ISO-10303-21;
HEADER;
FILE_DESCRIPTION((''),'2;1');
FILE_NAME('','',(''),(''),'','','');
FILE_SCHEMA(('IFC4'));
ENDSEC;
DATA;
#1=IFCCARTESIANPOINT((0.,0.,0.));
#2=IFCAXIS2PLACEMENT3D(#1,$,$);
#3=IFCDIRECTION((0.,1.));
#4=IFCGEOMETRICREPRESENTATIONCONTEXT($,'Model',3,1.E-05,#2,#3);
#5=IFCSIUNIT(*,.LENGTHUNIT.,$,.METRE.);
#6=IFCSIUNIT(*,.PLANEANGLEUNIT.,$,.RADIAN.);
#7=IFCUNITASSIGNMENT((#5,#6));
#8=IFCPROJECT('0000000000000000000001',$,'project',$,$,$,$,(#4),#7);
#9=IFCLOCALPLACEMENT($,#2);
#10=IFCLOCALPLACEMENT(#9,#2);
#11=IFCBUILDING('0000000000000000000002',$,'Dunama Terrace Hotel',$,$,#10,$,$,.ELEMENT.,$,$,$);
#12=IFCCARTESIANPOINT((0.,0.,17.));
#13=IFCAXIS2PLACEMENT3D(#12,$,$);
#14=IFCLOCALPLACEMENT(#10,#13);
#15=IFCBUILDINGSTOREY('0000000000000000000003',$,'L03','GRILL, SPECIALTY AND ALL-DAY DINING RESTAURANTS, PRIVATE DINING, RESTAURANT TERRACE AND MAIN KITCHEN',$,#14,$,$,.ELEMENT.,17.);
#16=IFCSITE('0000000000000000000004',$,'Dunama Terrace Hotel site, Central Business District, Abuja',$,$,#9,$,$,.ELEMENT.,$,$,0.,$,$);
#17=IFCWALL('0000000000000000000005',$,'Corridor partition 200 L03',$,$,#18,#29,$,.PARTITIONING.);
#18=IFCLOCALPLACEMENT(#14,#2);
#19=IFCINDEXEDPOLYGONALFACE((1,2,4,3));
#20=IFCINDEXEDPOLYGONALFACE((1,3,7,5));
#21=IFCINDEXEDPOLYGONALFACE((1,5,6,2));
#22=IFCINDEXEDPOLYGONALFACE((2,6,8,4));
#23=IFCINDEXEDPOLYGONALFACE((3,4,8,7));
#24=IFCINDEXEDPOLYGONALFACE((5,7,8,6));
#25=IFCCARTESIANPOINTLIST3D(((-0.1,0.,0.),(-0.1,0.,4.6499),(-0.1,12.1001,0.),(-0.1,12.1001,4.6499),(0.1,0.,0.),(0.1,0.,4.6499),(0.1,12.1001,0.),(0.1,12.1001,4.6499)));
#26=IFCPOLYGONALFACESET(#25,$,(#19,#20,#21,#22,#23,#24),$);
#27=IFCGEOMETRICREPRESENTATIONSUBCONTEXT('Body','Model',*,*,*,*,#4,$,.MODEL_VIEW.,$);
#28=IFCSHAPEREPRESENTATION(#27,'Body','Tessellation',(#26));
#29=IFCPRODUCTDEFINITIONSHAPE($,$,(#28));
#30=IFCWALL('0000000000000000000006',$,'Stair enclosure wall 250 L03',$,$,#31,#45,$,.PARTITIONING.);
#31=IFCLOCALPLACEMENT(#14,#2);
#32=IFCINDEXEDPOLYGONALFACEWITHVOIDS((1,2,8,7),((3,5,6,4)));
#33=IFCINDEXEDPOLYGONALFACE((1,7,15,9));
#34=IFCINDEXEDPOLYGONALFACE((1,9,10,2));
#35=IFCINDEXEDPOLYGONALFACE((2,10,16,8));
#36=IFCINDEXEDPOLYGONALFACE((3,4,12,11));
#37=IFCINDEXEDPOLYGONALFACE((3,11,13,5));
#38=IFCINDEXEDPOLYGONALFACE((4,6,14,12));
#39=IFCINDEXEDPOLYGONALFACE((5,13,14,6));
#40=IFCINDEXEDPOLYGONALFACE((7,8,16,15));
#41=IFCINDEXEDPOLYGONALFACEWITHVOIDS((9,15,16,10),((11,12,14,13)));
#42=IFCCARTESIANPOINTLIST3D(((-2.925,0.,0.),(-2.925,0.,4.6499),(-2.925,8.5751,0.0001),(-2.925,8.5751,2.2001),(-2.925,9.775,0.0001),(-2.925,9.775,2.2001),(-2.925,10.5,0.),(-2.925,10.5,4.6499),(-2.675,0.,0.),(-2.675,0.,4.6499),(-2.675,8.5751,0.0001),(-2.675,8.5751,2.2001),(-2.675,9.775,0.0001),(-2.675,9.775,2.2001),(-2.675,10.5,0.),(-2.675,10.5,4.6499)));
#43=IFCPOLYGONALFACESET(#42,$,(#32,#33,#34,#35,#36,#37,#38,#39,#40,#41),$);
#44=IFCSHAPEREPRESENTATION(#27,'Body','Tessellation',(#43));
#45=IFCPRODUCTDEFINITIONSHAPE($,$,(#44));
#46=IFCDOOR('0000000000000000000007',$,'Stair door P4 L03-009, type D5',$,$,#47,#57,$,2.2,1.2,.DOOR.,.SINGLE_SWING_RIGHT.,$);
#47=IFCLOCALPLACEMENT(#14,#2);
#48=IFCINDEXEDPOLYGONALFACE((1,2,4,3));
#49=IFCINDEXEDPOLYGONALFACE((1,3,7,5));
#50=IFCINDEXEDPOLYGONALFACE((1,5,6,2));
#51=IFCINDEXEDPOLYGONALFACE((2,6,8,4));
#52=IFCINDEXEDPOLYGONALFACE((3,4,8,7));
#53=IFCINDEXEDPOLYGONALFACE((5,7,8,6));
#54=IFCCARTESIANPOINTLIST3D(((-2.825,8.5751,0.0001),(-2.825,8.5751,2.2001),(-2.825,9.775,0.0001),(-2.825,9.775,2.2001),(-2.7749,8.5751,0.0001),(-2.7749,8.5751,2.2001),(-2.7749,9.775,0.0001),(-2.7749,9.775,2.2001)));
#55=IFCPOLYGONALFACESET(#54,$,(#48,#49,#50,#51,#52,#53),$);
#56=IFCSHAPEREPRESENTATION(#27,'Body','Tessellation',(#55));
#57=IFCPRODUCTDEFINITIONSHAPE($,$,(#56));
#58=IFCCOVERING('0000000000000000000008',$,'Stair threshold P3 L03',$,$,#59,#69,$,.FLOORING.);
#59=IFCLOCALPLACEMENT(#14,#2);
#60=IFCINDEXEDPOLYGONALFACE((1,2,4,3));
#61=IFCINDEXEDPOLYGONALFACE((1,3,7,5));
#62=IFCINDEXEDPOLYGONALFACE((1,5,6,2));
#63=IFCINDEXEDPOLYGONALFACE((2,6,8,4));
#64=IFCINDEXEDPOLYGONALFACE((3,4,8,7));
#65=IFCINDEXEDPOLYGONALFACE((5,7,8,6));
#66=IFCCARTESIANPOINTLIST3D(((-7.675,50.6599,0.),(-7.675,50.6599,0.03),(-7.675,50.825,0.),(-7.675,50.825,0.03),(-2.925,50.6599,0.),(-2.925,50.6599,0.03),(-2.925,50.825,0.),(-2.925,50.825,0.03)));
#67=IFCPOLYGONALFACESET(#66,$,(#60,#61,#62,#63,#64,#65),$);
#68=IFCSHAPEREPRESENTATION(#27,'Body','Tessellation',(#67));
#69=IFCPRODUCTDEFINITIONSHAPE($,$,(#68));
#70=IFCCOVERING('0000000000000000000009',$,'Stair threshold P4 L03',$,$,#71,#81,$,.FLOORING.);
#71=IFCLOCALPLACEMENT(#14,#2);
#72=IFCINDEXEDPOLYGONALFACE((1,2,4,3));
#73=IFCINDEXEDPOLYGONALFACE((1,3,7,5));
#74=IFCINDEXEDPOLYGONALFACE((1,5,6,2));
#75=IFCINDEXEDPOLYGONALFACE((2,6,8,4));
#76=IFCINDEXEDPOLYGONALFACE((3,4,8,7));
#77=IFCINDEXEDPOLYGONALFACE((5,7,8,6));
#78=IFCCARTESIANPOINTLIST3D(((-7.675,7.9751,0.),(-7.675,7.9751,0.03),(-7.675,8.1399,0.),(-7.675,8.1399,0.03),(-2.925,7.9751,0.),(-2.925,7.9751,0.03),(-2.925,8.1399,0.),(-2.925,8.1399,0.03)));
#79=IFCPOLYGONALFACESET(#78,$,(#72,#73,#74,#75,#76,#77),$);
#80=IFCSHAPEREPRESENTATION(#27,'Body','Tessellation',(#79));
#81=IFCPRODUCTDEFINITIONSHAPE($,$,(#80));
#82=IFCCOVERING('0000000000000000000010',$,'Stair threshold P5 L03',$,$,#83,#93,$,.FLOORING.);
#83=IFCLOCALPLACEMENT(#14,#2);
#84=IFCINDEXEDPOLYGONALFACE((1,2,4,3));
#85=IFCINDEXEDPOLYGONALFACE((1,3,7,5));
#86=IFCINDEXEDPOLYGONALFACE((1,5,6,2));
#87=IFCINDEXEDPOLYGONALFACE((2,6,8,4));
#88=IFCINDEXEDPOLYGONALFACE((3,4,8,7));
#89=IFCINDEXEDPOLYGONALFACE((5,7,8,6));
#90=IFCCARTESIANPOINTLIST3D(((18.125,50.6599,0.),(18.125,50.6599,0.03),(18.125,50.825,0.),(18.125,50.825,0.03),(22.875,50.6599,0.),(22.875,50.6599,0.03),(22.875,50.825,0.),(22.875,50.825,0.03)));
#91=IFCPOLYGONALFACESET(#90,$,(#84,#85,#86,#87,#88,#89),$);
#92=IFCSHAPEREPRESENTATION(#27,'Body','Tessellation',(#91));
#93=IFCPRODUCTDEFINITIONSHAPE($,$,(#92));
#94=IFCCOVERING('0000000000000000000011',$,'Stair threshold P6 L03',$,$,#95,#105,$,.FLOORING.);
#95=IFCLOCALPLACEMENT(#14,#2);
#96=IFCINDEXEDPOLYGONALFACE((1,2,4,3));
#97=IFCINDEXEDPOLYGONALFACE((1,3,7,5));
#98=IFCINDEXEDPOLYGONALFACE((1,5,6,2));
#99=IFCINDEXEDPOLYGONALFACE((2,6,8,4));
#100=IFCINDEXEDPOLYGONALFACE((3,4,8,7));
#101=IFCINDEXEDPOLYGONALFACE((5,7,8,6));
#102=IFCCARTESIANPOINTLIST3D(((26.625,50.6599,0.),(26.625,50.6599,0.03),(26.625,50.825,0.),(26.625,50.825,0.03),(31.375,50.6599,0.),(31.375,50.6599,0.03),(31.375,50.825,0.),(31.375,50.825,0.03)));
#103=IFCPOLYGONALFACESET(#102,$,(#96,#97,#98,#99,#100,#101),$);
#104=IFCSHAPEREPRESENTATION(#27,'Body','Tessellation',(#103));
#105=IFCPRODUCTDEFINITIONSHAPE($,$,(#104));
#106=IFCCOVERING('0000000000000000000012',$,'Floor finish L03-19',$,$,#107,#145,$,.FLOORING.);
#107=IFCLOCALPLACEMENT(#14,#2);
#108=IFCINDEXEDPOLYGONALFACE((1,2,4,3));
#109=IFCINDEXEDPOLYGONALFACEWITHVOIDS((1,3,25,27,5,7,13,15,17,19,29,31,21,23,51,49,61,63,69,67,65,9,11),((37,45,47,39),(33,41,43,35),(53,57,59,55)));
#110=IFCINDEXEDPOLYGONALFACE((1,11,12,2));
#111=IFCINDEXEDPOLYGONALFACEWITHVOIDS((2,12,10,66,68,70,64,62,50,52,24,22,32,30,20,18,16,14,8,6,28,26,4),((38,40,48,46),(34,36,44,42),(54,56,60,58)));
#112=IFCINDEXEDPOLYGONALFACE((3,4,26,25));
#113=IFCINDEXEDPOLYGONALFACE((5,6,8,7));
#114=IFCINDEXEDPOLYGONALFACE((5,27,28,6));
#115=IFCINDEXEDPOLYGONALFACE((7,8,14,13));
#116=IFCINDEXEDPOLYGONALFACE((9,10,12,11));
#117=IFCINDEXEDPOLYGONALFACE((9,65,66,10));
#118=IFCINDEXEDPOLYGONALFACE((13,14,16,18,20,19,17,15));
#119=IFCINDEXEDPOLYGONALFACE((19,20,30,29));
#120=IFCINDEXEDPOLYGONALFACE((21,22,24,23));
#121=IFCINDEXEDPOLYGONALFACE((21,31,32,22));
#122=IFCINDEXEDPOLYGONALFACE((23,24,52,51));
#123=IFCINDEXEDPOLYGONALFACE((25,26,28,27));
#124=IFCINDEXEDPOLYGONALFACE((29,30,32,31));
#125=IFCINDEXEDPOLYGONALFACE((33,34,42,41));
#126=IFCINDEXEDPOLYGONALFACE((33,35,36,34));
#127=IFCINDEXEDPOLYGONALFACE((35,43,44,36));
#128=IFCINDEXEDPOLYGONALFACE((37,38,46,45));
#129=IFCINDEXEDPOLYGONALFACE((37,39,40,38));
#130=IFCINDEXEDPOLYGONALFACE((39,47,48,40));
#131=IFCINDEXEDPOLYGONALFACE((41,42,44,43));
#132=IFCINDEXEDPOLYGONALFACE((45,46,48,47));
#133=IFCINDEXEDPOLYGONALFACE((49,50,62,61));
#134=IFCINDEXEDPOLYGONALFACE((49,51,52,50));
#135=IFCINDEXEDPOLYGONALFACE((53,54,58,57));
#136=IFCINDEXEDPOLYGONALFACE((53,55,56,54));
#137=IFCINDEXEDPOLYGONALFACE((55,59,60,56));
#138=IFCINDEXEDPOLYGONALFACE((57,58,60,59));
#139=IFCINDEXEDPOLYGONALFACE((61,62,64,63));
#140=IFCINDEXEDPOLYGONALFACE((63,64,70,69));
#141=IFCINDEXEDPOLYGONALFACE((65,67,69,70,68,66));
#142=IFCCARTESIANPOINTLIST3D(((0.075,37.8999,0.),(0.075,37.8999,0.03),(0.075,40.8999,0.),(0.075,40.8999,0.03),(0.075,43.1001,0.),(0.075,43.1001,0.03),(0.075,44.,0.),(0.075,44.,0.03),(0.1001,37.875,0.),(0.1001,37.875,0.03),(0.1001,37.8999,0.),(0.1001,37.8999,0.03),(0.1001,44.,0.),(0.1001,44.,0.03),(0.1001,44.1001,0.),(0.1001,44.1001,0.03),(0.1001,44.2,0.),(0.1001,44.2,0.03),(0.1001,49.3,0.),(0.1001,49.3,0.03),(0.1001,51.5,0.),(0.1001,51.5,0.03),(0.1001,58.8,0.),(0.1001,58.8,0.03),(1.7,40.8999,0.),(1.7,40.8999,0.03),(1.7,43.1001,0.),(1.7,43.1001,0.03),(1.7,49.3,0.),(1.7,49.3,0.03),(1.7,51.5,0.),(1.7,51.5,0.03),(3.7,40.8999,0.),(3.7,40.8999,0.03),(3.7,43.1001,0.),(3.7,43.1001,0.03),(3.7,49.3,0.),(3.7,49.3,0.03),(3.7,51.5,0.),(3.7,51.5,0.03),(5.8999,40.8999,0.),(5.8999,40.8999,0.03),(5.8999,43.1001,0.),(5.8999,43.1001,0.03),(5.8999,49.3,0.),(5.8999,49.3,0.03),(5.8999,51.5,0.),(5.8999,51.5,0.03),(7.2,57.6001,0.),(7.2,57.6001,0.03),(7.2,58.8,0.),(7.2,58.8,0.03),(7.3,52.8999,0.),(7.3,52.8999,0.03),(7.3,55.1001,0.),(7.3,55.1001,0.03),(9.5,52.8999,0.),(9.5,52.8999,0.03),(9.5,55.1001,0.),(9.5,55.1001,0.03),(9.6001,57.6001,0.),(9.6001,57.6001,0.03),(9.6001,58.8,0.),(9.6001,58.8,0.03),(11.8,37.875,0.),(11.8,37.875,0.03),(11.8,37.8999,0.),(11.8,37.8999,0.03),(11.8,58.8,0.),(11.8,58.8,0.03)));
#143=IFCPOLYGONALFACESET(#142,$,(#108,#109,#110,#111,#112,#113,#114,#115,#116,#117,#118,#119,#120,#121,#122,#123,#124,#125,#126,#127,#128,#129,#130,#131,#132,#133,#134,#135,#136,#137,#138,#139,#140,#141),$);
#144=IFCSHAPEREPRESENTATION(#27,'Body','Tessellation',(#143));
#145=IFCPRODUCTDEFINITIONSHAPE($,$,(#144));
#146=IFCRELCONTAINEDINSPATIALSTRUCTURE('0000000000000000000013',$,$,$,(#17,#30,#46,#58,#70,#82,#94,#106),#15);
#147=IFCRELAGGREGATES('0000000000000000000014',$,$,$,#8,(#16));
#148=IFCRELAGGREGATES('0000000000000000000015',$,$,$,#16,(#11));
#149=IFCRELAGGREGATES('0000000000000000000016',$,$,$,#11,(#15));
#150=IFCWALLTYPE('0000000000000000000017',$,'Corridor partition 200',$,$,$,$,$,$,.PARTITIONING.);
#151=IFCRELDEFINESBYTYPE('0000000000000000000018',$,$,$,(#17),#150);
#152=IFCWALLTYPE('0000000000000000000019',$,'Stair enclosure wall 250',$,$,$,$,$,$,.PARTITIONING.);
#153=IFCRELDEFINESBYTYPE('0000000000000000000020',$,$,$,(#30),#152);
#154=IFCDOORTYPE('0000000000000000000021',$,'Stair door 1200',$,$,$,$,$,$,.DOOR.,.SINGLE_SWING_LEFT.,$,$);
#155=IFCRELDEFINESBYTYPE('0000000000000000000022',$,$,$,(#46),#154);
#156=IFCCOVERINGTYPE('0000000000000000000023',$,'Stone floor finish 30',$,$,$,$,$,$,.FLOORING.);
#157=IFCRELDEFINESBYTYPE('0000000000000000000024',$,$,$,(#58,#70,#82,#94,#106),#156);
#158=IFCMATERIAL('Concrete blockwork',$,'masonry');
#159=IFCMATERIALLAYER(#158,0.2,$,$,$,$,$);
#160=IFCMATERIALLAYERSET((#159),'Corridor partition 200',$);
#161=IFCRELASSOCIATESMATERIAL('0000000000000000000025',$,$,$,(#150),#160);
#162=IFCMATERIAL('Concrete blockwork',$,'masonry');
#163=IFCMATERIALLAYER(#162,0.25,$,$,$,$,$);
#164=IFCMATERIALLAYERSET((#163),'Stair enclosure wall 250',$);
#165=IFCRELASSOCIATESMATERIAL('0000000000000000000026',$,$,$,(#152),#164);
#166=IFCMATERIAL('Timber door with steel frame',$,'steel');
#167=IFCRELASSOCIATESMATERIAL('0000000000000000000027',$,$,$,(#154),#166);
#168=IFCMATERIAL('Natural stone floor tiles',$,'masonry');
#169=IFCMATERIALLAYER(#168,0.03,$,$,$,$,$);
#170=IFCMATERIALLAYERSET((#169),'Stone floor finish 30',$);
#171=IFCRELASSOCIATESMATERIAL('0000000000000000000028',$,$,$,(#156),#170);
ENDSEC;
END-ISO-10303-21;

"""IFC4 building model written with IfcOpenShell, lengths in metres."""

from ifc_helpers import new_model, si_unit, direction, frame, frame_2d, origin, place, context, subcontext, project, spatial, polyline, rectangle, outline, extrude, material, layer, layer_set, type_object, element, fill, save


model = new_model("IFC4")

# Units and contexts
model_context = context("Model", 3, precision=1e-05, world=origin(), true_north=direction((0.0, 1.0)))
body_context = subcontext(model_context, "Body", "Model", "MODEL_VIEW")
ifc_project = project(units=[si_unit("LENGTHUNIT", "METRE"), si_unit("PLANEANGLEUNIT", "RADIAN")], contexts=[model_context])

# Site, building, storey
site_placement = place(None, origin())
site = spatial("IfcSite", under=ifc_project, at=site_placement, Name="Dunama Terrace Hotel site, Central Business District, Abuja", CompositionType="ELEMENT", RefElevation=0.0)
building_placement = place(site_placement, origin())
building = spatial("IfcBuilding", under=site, at=building_placement, Name="Dunama Terrace Hotel", CompositionType="ELEMENT")
storey_placement = place(building_placement, frame((0.0, 0.0, 17.0)))
storey = spatial("IfcBuildingStorey", under=building, at=storey_placement, Name="L03", Description="GRILL, SPECIALTY AND ALL-DAY DINING RESTAURANTS, PRIVATE DINING, RESTAURANT TERRACE AND MAIN KITCHEN", CompositionType="ELEMENT", Elevation=17.0)

# Wall
ifc_material_1 = material(Name="Concrete blockwork", Category="masonry")
ifc_layer_1 = layer(ifc_material_1, 0.2)
ifc_layer_set_1 = layer_set([ifc_layer_1], Name="Corridor partition 200")
wall_type_1 = type_object("IfcWallType", Name="Corridor partition 200", PredefinedType="PARTITIONING", material=ifc_layer_set_1)
wall_1_placement = place(storey_placement, frame((0.0, 0.0, 0.0), z_axis=(0.0, 0.0, 1.0), x_axis=(0.0, 1.0, 0.0)))
element("IfcWall", 1, at=wall_1_placement, inside=storey, type_object=wall_type_1, Name="Corridor partition 200 L03", PredefinedType="PARTITIONING", context=body_context, shape_type="SweptSolid", body=[
    extrude(rectangle(XDim=12.1001, YDim=0.2, at=frame_2d((6.05, 0.0))), origin(), (0.0, 0.0, 1.0), 4.6499),
])

# Wall, opening, door
ifc_material_2 = material(Name="Concrete blockwork", Category="masonry")
ifc_layer_2 = layer(ifc_material_2, 0.25)
ifc_layer_set_2 = layer_set([ifc_layer_2], Name="Stair enclosure wall 250")
wall_type_2 = type_object("IfcWallType", Name="Stair enclosure wall 250", PredefinedType="PARTITIONING", material=ifc_layer_set_2)
wall_2_placement = place(storey_placement, frame((-2.8, 0.0, 0.0), z_axis=(0.0, 0.0, 1.0), x_axis=(0.0, 1.0, 0.0)))
wall_2 = element("IfcWall", 2, at=wall_2_placement, inside=storey, type_object=wall_type_2, Name="Stair enclosure wall 250 L03", PredefinedType="PARTITIONING", context=body_context, shape_type="SweptSolid", body=[
    extrude(rectangle(XDim=10.5, YDim=0.25, at=frame_2d((5.25, 0.0))), origin(), (0.0, 0.0, 1.0), 4.6499),
])
opening_placement = place(wall_2_placement, frame((8.575, 0.0, 0.0)))
opening = element("IfcOpeningElement", 3, at=opening_placement, cuts=wall_2, PredefinedType="OPENING", context=body_context, shape_type="SweptSolid", body=[
    extrude(rectangle(XDim=1.2, YDim=2.2, at=frame_2d((0.6001, 1.1001))), frame((0.0, 0.135, 0.0), z_axis=(0.0, -1.0, 0.0), x_axis=(1.0, 0.0, 0.0)), (0.0, 0.0, 1.0), 0.27),
])
ifc_material_3 = material(Name="Timber door with steel frame", Category="steel")
door_type = type_object("IfcDoorType", Name="Stair door 1200", OperationType="SINGLE_SWING_LEFT", PredefinedType="DOOR", material=ifc_material_3)
door_placement = place(opening_placement, origin())
door = element("IfcDoor", 4, at=door_placement, inside=storey, type_object=door_type, Name="Stair door P4 L03-009, type D5", OperationType="SINGLE_SWING_RIGHT", OverallHeight=2.2, OverallWidth=1.2, PredefinedType="DOOR", context=body_context, shape_type="SweptSolid", body=[
    extrude(rectangle(XDim=1.2, YDim=2.2, at=frame_2d((0.6001, 1.1001))), frame((0.0, 0.0249, 0.0), z_axis=(0.0, -1.0, 0.0), x_axis=(1.0, 0.0, 0.0)), (0.0, 0.0, 1.0), 0.05),
])
fill(opening, door)

# Coverings
ifc_material_4 = material(Name="Natural stone floor tiles", Category="masonry")
ifc_layer_3 = layer(ifc_material_4, 0.03)
ifc_layer_set_3 = layer_set([ifc_layer_3], Name="Stone floor finish 30")
covering_type_1 = type_object("IfcCoveringType", Name="Stone floor finish 30", PredefinedType="FLOORING", material=ifc_layer_set_3)
covering_1_placement = place(storey_placement, origin())
element("IfcCovering", 5, at=covering_1_placement, inside=storey, type_object=covering_type_1, Name="Stair threshold P3 L03", PredefinedType="FLOORING", context=body_context, shape_type="SweptSolid", body=[
    extrude(outline(polyline([(-2.925, 50.6599), (-2.925, 50.825), (-7.675, 50.825), (-7.675, 50.6599), (-2.925, 50.6599)])), origin(), (0.0, 0.0, 1.0), 0.03),
])
covering_2_placement = place(storey_placement, origin())
element("IfcCovering", 6, at=covering_2_placement, inside=storey, type_object=covering_type_1, Name="Stair threshold P4 L03", PredefinedType="FLOORING", context=body_context, shape_type="SweptSolid", body=[
    extrude(outline(polyline([(-2.925, 7.9751), (-2.925, 8.1399), (-7.675, 8.1399), (-7.675, 7.9751), (-2.925, 7.9751)])), origin(), (0.0, 0.0, 1.0), 0.03),
])
covering_3_placement = place(storey_placement, origin())
element("IfcCovering", 7, at=covering_3_placement, inside=storey, type_object=covering_type_1, Name="Stair threshold P5 L03", PredefinedType="FLOORING", context=body_context, shape_type="SweptSolid", body=[
    extrude(outline(polyline([(22.875, 50.6599), (22.875, 50.825), (18.125, 50.825), (18.125, 50.6599), (22.875, 50.6599)])), origin(), (0.0, 0.0, 1.0), 0.03),
])
covering_4_placement = place(storey_placement, origin())
element("IfcCovering", 8, at=covering_4_placement, inside=storey, type_object=covering_type_1, Name="Stair threshold P6 L03", PredefinedType="FLOORING", context=body_context, shape_type="SweptSolid", body=[
    extrude(outline(polyline([(31.375, 50.6599), (31.375, 50.825), (26.625, 50.825), (26.625, 50.6599), (31.375, 50.6599)])), origin(), (0.0, 0.0, 1.0), 0.03),
])
covering_5_placement = place(storey_placement, origin())
element("IfcCovering", 9, at=covering_5_placement, inside=storey, type_object=covering_type_1, Name="Floor finish L03-19", PredefinedType="FLOORING", context=body_context, shape_type="SweptSolid", body=[
    extrude(outline(polyline([(7.2, 58.8), (0.1001, 58.8), (0.1001, 51.5), (1.7, 51.5), (1.7, 49.3), (0.1001, 49.3), (0.1001, 44.2), (0.1001, 44.1001), (0.1001, 44.0), (0.075, 44.0), (0.075, 43.1001), (1.7, 43.1001), (1.7, 40.8999), (0.075, 40.8999), (0.075, 37.8999), (0.1001, 37.8999), (0.1001, 37.875), (11.8, 37.875), (11.8, 37.8999), (11.8, 58.8), (9.6001, 58.8), (9.6001, 57.6001), (7.2, 57.6001), (7.2, 58.8)]), holes=[polyline([(5.8999, 43.1001), (5.8999, 40.8999), (3.7, 40.8999), (3.7, 43.1001), (5.8999, 43.1001)]), polyline([(3.7, 51.5), (5.8999, 51.5), (5.8999, 49.3), (3.7, 49.3), (3.7, 51.5)]), polyline([(7.3, 55.1001), (9.5, 55.1001), (9.5, 52.8999), (7.3, 52.8999), (7.3, 55.1001)])]), origin(), (0.0, 0.0, 1.0), 0.03),
])

save(model, "model.ifc")
